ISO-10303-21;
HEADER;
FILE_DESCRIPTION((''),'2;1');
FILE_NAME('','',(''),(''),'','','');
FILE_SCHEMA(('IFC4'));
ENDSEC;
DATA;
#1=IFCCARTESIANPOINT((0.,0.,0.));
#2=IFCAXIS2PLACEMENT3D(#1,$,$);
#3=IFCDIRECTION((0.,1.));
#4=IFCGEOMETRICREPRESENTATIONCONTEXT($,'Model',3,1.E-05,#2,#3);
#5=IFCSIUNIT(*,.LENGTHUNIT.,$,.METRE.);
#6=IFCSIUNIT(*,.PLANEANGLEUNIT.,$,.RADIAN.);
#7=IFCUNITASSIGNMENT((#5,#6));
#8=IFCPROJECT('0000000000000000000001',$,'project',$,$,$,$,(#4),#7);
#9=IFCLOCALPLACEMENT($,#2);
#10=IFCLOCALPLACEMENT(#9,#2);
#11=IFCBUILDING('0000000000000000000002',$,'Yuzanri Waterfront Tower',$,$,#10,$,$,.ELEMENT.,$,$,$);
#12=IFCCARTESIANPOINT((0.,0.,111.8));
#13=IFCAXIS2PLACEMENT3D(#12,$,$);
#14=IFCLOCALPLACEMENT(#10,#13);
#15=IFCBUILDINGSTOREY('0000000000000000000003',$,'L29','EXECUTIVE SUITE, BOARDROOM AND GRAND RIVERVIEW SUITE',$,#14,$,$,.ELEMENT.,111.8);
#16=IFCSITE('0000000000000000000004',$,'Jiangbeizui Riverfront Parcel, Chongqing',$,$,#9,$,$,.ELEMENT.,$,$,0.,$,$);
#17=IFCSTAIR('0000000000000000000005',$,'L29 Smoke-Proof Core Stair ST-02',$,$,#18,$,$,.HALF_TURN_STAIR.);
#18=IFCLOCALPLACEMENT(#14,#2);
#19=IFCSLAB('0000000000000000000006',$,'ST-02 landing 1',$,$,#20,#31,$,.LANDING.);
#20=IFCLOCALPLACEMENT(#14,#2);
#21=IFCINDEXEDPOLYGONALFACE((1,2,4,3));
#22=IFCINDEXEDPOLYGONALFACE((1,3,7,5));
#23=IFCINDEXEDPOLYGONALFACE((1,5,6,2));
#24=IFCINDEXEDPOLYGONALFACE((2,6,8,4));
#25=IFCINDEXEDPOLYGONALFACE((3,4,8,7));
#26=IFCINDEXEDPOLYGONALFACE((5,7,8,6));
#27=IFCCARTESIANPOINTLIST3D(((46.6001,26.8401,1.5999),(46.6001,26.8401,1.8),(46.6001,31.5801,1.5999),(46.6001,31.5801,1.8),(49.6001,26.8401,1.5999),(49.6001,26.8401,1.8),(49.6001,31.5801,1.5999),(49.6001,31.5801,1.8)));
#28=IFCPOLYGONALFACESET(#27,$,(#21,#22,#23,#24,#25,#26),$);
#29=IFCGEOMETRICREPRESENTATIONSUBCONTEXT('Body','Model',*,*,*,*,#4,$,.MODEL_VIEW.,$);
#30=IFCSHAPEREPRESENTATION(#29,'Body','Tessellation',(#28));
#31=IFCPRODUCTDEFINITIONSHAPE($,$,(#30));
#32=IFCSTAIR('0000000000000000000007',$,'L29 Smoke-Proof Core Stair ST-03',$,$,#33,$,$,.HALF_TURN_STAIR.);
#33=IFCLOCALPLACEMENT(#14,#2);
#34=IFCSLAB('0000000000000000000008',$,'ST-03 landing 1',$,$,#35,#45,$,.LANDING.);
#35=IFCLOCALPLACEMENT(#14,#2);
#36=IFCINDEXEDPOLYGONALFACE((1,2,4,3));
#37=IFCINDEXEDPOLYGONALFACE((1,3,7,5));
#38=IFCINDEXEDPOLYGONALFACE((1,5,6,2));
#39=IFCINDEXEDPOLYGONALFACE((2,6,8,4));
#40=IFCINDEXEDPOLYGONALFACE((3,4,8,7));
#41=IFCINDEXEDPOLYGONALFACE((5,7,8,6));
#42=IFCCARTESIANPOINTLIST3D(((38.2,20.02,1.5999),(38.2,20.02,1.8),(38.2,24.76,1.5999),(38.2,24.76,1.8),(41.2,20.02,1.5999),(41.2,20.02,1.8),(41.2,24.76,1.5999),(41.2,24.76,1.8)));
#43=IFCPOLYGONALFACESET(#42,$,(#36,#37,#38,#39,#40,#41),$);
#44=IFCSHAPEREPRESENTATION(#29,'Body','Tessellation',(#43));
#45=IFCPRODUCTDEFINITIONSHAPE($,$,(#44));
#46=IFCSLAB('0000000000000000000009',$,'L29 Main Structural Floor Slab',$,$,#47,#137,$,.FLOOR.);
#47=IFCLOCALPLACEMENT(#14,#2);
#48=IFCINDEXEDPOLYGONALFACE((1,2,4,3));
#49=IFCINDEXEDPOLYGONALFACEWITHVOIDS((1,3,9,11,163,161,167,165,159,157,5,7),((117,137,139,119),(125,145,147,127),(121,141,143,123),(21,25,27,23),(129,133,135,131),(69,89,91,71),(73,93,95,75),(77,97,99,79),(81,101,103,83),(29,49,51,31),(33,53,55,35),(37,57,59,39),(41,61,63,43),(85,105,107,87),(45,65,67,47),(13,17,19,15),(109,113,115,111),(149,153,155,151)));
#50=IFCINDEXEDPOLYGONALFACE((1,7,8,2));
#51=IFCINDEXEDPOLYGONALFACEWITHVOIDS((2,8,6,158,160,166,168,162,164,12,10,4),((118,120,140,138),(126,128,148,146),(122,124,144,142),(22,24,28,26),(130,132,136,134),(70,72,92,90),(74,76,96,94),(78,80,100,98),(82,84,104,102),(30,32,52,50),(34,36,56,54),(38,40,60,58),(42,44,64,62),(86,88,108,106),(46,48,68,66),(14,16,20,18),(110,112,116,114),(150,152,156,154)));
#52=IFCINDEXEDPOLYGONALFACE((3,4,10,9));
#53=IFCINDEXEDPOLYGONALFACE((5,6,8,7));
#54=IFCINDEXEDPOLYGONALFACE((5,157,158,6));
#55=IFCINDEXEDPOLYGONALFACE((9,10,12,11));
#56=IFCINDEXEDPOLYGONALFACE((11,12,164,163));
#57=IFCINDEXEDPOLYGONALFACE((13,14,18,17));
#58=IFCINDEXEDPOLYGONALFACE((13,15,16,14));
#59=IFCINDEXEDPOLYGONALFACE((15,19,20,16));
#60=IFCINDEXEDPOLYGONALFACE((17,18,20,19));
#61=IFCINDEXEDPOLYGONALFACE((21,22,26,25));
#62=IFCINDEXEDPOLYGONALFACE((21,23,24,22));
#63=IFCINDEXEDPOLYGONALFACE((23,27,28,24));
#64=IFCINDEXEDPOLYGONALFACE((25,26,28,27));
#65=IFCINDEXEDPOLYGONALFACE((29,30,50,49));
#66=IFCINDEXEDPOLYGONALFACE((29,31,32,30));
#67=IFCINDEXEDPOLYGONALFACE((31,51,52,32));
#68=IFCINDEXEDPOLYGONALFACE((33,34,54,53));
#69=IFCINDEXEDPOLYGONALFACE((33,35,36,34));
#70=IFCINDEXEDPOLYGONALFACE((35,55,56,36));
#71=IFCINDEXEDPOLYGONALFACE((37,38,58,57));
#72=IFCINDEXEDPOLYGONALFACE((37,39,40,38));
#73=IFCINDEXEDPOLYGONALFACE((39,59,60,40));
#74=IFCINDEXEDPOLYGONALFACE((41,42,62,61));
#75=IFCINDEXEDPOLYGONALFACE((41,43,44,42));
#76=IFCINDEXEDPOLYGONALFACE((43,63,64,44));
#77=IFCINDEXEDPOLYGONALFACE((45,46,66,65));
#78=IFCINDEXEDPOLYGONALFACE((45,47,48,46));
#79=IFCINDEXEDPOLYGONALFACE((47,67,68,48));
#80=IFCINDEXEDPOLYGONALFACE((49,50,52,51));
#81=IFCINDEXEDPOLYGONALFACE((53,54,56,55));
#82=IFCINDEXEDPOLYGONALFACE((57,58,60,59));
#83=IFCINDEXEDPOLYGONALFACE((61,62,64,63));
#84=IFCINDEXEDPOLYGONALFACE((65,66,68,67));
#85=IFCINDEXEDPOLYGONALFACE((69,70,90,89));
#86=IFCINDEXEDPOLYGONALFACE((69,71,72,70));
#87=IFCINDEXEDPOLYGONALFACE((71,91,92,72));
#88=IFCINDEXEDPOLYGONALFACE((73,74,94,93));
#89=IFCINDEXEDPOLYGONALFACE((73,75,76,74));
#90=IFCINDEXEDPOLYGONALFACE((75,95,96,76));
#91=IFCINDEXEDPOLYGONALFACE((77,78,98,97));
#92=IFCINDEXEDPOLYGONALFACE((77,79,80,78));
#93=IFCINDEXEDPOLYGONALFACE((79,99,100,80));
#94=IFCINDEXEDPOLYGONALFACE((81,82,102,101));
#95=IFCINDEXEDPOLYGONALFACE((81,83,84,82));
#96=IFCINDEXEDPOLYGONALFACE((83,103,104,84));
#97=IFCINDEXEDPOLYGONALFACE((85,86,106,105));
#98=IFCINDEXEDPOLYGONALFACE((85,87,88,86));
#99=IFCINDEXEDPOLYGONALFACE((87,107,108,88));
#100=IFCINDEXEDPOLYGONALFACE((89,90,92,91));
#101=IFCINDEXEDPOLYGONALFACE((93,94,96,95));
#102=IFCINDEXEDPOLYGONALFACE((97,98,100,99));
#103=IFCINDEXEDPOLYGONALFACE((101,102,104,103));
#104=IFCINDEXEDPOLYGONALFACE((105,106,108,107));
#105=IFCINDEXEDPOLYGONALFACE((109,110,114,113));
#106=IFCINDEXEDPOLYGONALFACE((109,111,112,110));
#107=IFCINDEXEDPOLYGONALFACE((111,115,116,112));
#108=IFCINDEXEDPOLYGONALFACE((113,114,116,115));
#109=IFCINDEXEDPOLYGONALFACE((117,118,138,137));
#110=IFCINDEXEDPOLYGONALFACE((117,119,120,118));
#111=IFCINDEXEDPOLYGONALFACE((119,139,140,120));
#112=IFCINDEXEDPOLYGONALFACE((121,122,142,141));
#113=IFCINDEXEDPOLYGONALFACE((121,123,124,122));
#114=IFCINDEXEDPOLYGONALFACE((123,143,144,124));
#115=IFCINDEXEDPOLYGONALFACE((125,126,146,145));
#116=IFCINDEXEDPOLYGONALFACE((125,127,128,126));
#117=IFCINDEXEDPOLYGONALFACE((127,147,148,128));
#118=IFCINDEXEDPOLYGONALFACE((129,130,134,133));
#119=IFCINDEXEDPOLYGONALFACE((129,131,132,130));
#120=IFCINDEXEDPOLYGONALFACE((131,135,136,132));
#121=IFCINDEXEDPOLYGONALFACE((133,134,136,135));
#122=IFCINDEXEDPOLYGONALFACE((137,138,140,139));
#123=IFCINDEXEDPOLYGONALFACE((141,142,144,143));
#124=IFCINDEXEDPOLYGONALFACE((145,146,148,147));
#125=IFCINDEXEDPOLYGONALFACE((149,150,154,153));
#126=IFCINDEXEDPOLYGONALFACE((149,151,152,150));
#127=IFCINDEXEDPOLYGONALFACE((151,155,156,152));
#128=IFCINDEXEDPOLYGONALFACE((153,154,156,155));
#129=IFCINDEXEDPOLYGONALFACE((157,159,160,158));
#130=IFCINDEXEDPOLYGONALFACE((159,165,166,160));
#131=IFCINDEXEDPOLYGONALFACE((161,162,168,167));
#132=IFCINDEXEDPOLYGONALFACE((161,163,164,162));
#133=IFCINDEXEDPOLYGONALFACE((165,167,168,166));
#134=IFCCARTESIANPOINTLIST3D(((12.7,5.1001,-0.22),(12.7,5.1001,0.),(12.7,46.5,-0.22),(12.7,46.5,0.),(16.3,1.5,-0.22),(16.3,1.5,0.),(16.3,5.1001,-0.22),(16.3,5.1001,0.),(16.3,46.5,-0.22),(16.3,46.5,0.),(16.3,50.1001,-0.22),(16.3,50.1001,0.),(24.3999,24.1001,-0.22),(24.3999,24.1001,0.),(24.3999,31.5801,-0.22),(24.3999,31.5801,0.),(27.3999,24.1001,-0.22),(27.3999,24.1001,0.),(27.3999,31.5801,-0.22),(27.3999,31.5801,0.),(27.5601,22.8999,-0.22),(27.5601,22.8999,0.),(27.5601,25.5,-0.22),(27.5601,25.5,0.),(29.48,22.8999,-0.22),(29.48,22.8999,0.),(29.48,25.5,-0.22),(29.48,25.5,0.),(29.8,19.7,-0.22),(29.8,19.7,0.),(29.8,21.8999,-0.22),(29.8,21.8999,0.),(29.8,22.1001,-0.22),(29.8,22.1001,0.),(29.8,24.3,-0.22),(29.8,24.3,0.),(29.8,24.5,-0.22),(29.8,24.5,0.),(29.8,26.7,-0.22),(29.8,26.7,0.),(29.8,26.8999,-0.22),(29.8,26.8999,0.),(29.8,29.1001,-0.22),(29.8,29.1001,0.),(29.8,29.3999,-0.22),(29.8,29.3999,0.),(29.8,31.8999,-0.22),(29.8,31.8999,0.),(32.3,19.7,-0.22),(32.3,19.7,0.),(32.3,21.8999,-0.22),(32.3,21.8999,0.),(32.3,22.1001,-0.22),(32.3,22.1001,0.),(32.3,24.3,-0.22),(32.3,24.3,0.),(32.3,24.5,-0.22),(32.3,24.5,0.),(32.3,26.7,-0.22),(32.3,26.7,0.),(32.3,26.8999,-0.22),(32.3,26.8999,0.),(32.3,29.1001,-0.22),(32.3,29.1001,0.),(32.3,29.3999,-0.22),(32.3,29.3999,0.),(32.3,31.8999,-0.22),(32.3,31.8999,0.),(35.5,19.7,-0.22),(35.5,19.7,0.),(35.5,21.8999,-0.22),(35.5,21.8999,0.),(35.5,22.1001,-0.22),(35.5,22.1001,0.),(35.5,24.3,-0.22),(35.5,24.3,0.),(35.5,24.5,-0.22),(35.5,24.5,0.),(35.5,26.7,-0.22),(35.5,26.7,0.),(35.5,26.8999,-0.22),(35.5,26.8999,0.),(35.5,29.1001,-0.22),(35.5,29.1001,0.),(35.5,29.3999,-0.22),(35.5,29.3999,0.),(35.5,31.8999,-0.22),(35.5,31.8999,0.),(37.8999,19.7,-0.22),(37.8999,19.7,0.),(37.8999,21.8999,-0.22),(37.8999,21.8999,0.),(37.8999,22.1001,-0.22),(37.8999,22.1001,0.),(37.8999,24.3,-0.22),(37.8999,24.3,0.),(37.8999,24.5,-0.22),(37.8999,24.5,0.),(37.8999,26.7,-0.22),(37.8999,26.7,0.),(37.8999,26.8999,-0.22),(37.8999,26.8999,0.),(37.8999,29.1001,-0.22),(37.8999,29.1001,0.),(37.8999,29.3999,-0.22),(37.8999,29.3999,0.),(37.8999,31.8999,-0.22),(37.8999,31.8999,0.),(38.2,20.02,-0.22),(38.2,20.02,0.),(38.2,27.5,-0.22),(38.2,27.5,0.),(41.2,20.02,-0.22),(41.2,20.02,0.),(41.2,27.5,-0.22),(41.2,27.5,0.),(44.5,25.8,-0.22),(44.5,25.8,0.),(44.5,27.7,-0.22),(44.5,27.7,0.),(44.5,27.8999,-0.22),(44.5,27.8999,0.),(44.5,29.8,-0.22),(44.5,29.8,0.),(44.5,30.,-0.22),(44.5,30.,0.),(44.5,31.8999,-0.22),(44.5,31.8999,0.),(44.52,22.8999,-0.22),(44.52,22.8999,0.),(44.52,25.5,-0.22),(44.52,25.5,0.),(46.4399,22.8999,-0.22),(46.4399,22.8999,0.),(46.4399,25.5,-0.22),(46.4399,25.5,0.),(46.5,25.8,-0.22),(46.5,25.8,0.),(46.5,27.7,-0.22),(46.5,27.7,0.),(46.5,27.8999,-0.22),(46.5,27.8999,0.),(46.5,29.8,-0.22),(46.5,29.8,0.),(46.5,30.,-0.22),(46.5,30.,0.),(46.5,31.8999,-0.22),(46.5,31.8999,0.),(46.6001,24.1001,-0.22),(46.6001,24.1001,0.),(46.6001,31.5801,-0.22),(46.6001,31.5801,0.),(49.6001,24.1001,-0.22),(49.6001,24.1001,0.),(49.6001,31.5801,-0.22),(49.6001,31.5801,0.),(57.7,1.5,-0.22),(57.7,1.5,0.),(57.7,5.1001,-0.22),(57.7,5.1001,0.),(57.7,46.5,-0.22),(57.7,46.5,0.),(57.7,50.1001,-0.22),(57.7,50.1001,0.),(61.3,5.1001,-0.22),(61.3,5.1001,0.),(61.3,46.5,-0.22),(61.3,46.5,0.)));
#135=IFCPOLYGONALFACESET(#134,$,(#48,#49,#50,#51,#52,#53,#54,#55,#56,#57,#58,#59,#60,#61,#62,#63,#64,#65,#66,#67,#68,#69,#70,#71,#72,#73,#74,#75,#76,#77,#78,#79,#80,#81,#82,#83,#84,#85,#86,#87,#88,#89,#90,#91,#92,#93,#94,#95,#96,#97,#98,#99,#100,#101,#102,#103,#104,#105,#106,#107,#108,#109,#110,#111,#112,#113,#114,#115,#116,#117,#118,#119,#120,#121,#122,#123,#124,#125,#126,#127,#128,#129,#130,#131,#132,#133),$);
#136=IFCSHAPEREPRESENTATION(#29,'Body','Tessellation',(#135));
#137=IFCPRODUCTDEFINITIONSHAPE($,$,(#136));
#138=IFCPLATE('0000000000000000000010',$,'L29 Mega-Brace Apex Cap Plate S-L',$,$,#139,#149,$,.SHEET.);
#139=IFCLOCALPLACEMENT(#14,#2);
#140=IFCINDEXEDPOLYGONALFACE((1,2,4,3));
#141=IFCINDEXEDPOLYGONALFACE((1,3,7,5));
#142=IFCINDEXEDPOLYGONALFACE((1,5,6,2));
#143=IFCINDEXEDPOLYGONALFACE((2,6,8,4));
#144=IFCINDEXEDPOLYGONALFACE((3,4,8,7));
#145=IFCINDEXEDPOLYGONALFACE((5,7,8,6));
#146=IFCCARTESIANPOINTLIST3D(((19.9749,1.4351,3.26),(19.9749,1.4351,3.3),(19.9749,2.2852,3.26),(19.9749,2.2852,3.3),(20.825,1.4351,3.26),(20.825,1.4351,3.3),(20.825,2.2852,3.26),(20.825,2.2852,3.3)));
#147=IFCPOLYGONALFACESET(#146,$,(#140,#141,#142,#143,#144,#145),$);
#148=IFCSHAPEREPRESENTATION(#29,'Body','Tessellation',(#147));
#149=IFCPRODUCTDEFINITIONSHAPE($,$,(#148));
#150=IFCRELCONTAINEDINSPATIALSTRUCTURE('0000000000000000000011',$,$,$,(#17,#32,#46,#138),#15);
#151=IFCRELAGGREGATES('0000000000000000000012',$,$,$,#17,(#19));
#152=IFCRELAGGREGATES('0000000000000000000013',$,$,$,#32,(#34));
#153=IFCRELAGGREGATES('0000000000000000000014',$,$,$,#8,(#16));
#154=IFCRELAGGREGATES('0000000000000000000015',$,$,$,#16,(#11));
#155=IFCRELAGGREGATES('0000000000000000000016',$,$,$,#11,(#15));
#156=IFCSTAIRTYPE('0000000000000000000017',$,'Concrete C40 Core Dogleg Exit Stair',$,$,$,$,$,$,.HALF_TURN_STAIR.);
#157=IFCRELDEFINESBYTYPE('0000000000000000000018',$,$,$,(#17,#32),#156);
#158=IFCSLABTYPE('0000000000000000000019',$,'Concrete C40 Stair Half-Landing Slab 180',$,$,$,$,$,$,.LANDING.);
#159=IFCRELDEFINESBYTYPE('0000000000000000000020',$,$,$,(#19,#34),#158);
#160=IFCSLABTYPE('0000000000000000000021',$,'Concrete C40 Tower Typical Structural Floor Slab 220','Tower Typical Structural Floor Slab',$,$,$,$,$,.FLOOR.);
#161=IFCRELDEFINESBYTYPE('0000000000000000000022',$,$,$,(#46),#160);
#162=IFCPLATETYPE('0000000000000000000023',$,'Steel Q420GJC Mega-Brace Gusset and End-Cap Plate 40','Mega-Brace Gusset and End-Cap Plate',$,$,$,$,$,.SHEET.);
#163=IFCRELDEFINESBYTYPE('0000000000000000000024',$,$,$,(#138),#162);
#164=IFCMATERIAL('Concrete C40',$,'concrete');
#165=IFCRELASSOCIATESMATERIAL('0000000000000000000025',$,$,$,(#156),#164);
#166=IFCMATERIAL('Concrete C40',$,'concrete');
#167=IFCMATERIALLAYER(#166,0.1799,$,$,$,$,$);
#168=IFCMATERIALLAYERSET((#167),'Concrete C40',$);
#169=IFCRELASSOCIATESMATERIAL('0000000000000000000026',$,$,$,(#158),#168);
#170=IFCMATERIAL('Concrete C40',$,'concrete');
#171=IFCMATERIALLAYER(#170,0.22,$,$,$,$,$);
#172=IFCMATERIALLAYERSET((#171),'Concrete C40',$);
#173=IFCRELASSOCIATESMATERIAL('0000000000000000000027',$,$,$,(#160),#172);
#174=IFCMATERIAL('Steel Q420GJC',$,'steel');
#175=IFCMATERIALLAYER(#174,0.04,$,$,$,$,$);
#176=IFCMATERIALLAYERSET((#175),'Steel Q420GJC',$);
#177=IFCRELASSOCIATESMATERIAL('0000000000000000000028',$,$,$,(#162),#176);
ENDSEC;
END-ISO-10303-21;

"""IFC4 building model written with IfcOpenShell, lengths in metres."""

from ifc_helpers import new_model, si_unit, direction, frame, origin, origin_2d, place, context, subcontext, project, spatial, polyline, rectangle, outline, extrude, source, transform, mapped, material, layer, layer_set, type_object, element, aggregate, save


model = new_model("IFC4")

# Units and contexts
model_context = context("Model", 3, precision=1e-05, world=origin(), true_north=direction((0.0, 1.0)))
body_context = subcontext(model_context, "Body", "Model", "MODEL_VIEW")
ifc_project = project(units=[si_unit("LENGTHUNIT", "METRE"), si_unit("PLANEANGLEUNIT", "RADIAN")], contexts=[model_context])

# Site, building, storey
site_placement = place(None, origin())
site = spatial("IfcSite", under=ifc_project, at=site_placement, Name="Jiangbeizui Riverfront Parcel, Chongqing", CompositionType="ELEMENT", RefElevation=0.0)
building_placement = place(site_placement, origin())
building = spatial("IfcBuilding", under=site, at=building_placement, Name="Yuzanri Waterfront Tower", CompositionType="ELEMENT")
storey_placement = place(building_placement, frame((0.0, 0.0, 111.8)))
storey = spatial("IfcBuildingStorey", under=building, at=storey_placement, Name="L29", Description="EXECUTIVE SUITE, BOARDROOM AND GRAND RIVERVIEW SUITE", CompositionType="ELEMENT", Elevation=111.8)

# Stairs, slabs
ifc_material_1 = material(Name="Concrete C40", Category="concrete")
stair_type = type_object("IfcStairType", Name="Concrete C40 Core Dogleg Exit Stair", PredefinedType="HALF_TURN_STAIR", material=ifc_material_1)
ifc_material_2 = material(Name="Concrete C40", Category="concrete")
ifc_layer_1 = layer(ifc_material_2, 0.1799)
ifc_layer_set_1 = layer_set([ifc_layer_1], Name="Concrete C40")
slab_type_1 = type_object("IfcSlabType", Name="Concrete C40 Stair Half-Landing Slab 180", PredefinedType="LANDING", material=ifc_layer_set_1)
stair_1_placement = place(storey_placement, origin())
stair_1 = element("IfcStair", 1, at=stair_1_placement, inside=storey, type_object=stair_type, Name="L29 Smoke-Proof Core Stair ST-02", PredefinedType="HALF_TURN_STAIR")
slab_1_placement = place(storey_placement, frame((0.0, 0.0, 1.5999)))
slab_1 = element("IfcSlab", 2, at=slab_1_placement, type_object=slab_type_1, Name="ST-02 landing 1", PredefinedType="LANDING", context=body_context, shape_type="SweptSolid", body=[
    extrude(outline(polyline([(49.6001, 26.8401), (49.6001, 31.5801), (46.6001, 31.5801), (46.6001, 26.8401), (49.6001, 26.8401)])), origin(), (0.0, 0.0, 1.0), 0.2002),
])
aggregate(stair_1, [slab_1])
stair_2_placement = place(storey_placement, origin())
stair_2 = element("IfcStair", 3, at=stair_2_placement, inside=storey, type_object=stair_type, Name="L29 Smoke-Proof Core Stair ST-03", PredefinedType="HALF_TURN_STAIR")
slab_2_placement = place(storey_placement, frame((0.0, 0.0, 1.5999)))
slab_2 = element("IfcSlab", 4, at=slab_2_placement, type_object=slab_type_1, Name="ST-03 landing 1", PredefinedType="LANDING", context=body_context, shape_type="SweptSolid", body=[
    extrude(outline(polyline([(38.2, 24.76), (38.2, 20.02), (41.2, 20.02), (41.2, 24.76), (38.2, 24.76)])), origin(), (0.0, 0.0, 1.0), 0.2002),
])
aggregate(stair_2, [slab_2])

# Slab
ifc_material_3 = material(Name="Concrete C40", Category="concrete")
ifc_layer_2 = layer(ifc_material_3, 0.22)
ifc_layer_set_2 = layer_set([ifc_layer_2], Name="Concrete C40")
slab_type_2 = type_object("IfcSlabType", Name="Concrete C40 Tower Typical Structural Floor Slab 220", Description="Tower Typical Structural Floor Slab", PredefinedType="FLOOR", material=ifc_layer_set_2)
slab_3_placement = place(storey_placement, frame((0.0, 0.0, -0.22)))
element("IfcSlab", 5, at=slab_3_placement, inside=storey, type_object=slab_type_2, Name="L29 Main Structural Floor Slab", PredefinedType="FLOOR", context=body_context, shape_type="SweptSolid", body=[
    extrude(outline(polyline([(16.3, 1.5), (57.7, 1.5), (57.7, 5.1001), (61.3, 5.1001), (61.3, 46.5), (57.7, 46.5), (57.7, 50.1001), (16.3, 50.1001), (16.3, 46.5), (12.7, 46.5), (12.7, 5.1001), (16.3, 5.1001), (16.3, 1.5)]), holes=[polyline([(27.3999, 24.1001), (27.3999, 31.5801), (24.3999, 31.5801), (24.3999, 24.1001), (27.3999, 24.1001)]), polyline([(49.6001, 24.1001), (49.6001, 31.5801), (46.6001, 31.5801), (46.6001, 24.1001), (49.6001, 24.1001)]), polyline([(38.2, 27.5), (38.2, 20.02), (41.2, 20.02), (41.2, 27.5), (38.2, 27.5)]), polyline([(27.5601, 22.8999), (29.48, 22.8999), (29.48, 25.5), (27.5601, 25.5), (27.5601, 22.8999)]), polyline([(44.52, 22.8999), (46.4399, 22.8999), (46.4399, 25.5), (44.52, 25.5), (44.52, 22.8999)]), polyline([(29.8, 19.7), (32.3, 19.7), (32.3, 21.8999), (29.8, 21.8999), (29.8, 19.7)]), polyline([(29.8, 22.1001), (32.3, 22.1001), (32.3, 24.3), (29.8, 24.3), (29.8, 22.1001)]), polyline([(29.8, 24.5), (32.3, 24.5), (32.3, 26.7), (29.8, 26.7), (29.8, 24.5)]), polyline([(29.8, 26.8999), (32.3, 26.8999), (32.3, 29.1001), (29.8, 29.1001), (29.8, 26.8999)]), polyline([(29.8, 29.3999), (32.3, 29.3999), (32.3, 31.8999), (29.8, 31.8999), (29.8, 29.3999)]), polyline([(35.5, 19.7), (37.8999, 19.7), (37.8999, 21.8999), (35.5, 21.8999), (35.5, 19.7)]), polyline([(35.5, 22.1001), (37.8999, 22.1001), (37.8999, 24.3), (35.5, 24.3), (35.5, 22.1001)]), polyline([(35.5, 24.5), (37.8999, 24.5), (37.8999, 26.7), (35.5, 26.7), (35.5, 24.5)]), polyline([(35.5, 26.8999), (37.8999, 26.8999), (37.8999, 29.1001), (35.5, 29.1001), (35.5, 26.8999)]), polyline([(35.5, 29.3999), (37.8999, 29.3999), (37.8999, 31.8999), (35.5, 31.8999), (35.5, 29.3999)]), polyline([(44.5, 25.8), (46.5, 25.8), (46.5, 27.7), (44.5, 27.7), (44.5, 25.8)]), polyline([(44.5, 27.8999), (46.5, 27.8999), (46.5, 29.8), (44.5, 29.8), (44.5, 27.8999)]), polyline([(44.5, 30.0), (46.5, 30.0), (46.5, 31.8999), (44.5, 31.8999), (44.5, 30.0)])]), origin(), (0.0, 0.0, 1.0), 0.22),
])

# Plate
ifc_material_4 = material(Name="Steel Q420GJC", Category="steel")
ifc_layer_3 = layer(ifc_material_4, 0.04)
ifc_layer_set_3 = layer_set([ifc_layer_3], Name="Steel Q420GJC")
plate_type = type_object("IfcPlateType", Name="Steel Q420GJC Mega-Brace Gusset and End-Cap Plate 40", Description="Mega-Brace Gusset and End-Cap Plate", PredefinedType="SHEET", material=ifc_layer_set_3)
shared_shape_1 = source(origin(), body_context, "Body", "SweptSolid", [
    extrude(rectangle(XDim=0.8501, YDim=0.8501, at=origin_2d()), origin(), (0.0, 0.0, 1.0), 0.04),
])
plate_placement = place(storey_placement, frame((20.3999, 1.8601, 3.26), z_axis=(0.0, 0.0, 1.0), x_axis=(1.0, 0.0, 0.0)))
element("IfcPlate", 6, at=plate_placement, inside=storey, type_object=plate_type, Name="L29 Mega-Brace Apex Cap Plate S-L", PredefinedType="SHEET", context=body_context, shape_type="MappedRepresentation", body=[
    mapped(shared_shape_1, transform((0.0, 0.0, 0.0), scale=1.0)),
])

save(model, "model.ifc")
